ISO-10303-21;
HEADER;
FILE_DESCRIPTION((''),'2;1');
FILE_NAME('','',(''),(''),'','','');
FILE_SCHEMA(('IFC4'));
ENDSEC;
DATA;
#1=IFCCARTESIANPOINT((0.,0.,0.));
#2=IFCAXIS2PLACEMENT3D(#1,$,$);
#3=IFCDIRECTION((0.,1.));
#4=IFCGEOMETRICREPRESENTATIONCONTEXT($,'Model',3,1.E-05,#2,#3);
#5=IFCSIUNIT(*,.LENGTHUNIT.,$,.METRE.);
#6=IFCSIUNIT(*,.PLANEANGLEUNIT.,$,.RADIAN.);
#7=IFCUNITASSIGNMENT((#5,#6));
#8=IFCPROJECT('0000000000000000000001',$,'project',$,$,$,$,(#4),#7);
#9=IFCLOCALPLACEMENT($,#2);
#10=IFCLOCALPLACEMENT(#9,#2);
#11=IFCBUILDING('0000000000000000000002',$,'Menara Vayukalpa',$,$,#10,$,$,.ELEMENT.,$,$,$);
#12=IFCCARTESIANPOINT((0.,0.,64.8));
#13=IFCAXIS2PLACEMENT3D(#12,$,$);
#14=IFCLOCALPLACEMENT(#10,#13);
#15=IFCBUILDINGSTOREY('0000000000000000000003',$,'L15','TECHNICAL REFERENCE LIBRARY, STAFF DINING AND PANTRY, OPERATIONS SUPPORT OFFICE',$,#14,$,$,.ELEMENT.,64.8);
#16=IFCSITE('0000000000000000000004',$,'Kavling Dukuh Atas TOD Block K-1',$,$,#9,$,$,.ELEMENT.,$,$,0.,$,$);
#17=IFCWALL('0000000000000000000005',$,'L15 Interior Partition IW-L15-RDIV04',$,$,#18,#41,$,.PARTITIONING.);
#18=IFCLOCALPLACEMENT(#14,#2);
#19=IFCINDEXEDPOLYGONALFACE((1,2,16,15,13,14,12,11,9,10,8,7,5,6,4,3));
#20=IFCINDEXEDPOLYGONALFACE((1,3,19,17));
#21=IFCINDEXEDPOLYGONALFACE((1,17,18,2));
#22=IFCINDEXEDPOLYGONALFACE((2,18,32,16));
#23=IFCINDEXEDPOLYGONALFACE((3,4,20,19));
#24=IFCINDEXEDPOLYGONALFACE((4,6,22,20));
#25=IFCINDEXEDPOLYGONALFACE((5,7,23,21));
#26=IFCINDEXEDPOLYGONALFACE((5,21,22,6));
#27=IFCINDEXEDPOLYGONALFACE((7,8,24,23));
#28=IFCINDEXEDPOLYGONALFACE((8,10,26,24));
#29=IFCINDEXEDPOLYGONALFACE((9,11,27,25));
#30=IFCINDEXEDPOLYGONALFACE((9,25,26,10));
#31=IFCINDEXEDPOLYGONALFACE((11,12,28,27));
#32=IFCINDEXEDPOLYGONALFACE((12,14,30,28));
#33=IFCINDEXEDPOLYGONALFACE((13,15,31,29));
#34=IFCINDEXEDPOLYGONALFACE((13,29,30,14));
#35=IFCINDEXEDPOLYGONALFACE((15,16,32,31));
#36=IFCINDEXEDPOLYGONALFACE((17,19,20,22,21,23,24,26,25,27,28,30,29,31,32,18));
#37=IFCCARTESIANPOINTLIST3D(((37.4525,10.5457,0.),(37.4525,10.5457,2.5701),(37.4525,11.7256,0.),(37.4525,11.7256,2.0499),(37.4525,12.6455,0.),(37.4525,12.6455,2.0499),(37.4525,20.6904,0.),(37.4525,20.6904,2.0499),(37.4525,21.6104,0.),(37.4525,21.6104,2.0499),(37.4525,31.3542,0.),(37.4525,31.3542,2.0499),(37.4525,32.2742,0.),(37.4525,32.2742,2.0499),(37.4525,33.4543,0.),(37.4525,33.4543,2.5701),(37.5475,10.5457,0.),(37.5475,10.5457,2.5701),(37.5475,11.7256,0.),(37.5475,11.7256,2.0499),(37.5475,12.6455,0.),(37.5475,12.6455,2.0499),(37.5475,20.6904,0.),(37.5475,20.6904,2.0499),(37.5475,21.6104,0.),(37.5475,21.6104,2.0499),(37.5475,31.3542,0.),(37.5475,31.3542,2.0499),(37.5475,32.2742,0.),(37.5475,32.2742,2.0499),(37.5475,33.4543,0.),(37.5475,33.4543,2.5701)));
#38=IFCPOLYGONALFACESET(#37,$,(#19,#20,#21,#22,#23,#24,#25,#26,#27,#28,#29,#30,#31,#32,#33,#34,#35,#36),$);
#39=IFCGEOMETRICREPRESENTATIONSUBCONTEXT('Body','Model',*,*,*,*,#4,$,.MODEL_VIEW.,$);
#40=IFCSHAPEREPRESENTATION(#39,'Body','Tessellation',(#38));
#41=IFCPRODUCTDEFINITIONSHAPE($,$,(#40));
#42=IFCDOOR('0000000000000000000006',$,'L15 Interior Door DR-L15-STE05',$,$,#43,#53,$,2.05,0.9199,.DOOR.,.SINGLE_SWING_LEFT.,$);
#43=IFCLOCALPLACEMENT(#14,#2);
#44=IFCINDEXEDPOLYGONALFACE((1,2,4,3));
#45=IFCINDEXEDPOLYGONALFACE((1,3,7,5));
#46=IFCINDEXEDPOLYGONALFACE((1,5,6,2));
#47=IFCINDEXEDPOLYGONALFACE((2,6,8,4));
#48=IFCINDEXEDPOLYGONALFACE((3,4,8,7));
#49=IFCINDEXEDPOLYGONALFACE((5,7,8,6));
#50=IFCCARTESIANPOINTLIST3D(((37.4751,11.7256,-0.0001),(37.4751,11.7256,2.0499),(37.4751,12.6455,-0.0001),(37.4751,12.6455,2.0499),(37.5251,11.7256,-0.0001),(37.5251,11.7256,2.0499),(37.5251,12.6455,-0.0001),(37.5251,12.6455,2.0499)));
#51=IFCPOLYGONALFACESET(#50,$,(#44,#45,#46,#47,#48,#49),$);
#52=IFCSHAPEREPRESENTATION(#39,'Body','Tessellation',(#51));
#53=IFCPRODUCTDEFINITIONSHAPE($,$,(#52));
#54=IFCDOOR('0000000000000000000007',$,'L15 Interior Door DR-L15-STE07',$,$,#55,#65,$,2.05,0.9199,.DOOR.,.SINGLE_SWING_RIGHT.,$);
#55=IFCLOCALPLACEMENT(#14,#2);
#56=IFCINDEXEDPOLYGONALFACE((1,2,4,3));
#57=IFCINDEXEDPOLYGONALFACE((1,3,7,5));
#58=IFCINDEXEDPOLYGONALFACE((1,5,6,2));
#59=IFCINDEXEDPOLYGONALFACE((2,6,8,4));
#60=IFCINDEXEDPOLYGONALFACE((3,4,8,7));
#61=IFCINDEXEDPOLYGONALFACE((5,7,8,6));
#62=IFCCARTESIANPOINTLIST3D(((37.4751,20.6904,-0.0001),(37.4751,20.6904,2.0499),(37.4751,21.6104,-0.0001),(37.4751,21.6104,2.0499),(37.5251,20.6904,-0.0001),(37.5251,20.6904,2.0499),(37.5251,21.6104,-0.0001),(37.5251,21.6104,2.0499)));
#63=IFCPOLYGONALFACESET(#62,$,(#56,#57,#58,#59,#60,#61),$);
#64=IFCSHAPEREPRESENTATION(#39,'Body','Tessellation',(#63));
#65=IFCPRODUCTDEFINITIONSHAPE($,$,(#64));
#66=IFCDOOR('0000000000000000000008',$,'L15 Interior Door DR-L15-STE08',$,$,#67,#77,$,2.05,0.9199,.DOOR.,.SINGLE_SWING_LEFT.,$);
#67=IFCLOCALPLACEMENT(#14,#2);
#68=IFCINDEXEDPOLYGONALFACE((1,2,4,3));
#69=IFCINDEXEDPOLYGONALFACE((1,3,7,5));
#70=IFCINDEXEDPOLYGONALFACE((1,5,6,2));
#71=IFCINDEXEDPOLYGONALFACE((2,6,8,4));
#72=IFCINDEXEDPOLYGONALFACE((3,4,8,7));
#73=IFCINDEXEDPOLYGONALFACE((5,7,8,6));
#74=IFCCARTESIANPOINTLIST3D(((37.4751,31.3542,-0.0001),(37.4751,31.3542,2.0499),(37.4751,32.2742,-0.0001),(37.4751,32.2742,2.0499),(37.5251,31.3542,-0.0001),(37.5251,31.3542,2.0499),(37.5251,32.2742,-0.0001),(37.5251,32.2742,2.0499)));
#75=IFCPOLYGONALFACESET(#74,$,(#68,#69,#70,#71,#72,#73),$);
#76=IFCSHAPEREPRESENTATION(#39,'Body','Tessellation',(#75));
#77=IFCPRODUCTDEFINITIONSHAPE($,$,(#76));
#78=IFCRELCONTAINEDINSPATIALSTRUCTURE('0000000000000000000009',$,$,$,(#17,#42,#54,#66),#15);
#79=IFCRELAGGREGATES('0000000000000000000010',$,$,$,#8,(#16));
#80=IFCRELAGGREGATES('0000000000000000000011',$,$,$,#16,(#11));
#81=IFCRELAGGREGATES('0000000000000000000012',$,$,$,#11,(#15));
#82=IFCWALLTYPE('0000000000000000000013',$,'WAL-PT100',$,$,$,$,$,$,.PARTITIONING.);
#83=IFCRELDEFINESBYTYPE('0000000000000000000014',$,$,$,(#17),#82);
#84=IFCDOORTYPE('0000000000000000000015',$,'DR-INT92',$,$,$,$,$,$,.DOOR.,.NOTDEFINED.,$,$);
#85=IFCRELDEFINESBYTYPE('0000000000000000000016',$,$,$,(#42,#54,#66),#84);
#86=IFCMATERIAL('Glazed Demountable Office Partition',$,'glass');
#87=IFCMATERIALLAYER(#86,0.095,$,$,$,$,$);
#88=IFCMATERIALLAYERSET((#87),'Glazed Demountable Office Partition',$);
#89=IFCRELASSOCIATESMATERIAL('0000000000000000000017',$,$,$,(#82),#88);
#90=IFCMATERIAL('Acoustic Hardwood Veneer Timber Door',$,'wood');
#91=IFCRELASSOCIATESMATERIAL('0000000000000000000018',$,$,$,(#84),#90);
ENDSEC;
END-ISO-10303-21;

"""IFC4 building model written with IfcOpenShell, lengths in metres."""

from ifc_helpers import new_model, si_unit, direction, frame, frame_2d, origin, place, context, subcontext, project, spatial, rectangle, extrude, material, layer, layer_set, type_object, element, fill, save


model = new_model("IFC4")

# Units and contexts
model_context = context("Model", 3, precision=1e-05, world=origin(), true_north=direction((0.0, 1.0)))
body_context = subcontext(model_context, "Body", "Model", "MODEL_VIEW")
ifc_project = project(units=[si_unit("LENGTHUNIT", "METRE"), si_unit("PLANEANGLEUNIT", "RADIAN")], contexts=[model_context])

# Site, building, storey
site_placement = place(None, origin())
site = spatial("IfcSite", under=ifc_project, at=site_placement, Name="Kavling Dukuh Atas TOD Block K-1", CompositionType="ELEMENT", RefElevation=0.0)
building_placement = place(site_placement, origin())
building = spatial("IfcBuilding", under=site, at=building_placement, Name="Menara Vayukalpa", CompositionType="ELEMENT")
storey_placement = place(building_placement, frame((0.0, 0.0, 64.8)))
storey = spatial("IfcBuildingStorey", under=building, at=storey_placement, Name="L15", Description="TECHNICAL REFERENCE LIBRARY, STAFF DINING AND PANTRY, OPERATIONS SUPPORT OFFICE", CompositionType="ELEMENT", Elevation=64.8)

# Wall, openings, doors
ifc_material_1 = material(Name="Glazed Demountable Office Partition", Category="glass")
ifc_layer_1 = layer(ifc_material_1, 0.095)
ifc_layer_set_1 = layer_set([ifc_layer_1], Name="Glazed Demountable Office Partition")
wall_type = type_object("IfcWallType", Name="WAL-PT100", PredefinedType="PARTITIONING", material=ifc_layer_set_1)
wall_placement = place(storey_placement, frame((37.5, 10.5457, 0.0), z_axis=(0.0, 0.0, 1.0), x_axis=(0.0, 1.0, 0.0)))
wall = element("IfcWall", 1, at=wall_placement, inside=storey, type_object=wall_type, Name="L15 Interior Partition IW-L15-RDIV04", PredefinedType="PARTITIONING", context=body_context, shape_type="SweptSolid", body=[
    extrude(rectangle(XDim=22.9087, YDim=0.095, at=frame_2d((11.4543, 0.0))), origin(), (0.0, 0.0, 1.0), 2.5701),
])
opening_1_placement = place(wall_placement, frame((1.1799, 0.0, 0.0)))
opening_1 = element("IfcOpeningElement", 2, at=opening_1_placement, cuts=wall, PredefinedType="OPENING", context=body_context, shape_type="SweptSolid", body=[
    extrude(rectangle(XDim=0.9199, YDim=2.05, at=frame_2d((0.46, 1.0249))), frame((0.0, 0.0574, 0.0), z_axis=(0.0, -1.0, 0.0), x_axis=(1.0, 0.0, 0.0)), (0.0, 0.0, 1.0), 0.115),
])
opening_2_placement = place(wall_placement, frame((10.1448, 0.0, 0.0)))
opening_2 = element("IfcOpeningElement", 3, at=opening_2_placement, cuts=wall, PredefinedType="OPENING", context=body_context, shape_type="SweptSolid", body=[
    extrude(rectangle(XDim=0.9199, YDim=2.05, at=frame_2d((0.46, 1.0249))), frame((0.0, 0.0574, 0.0), z_axis=(0.0, -1.0, 0.0), x_axis=(1.0, 0.0, 0.0)), (0.0, 0.0, 1.0), 0.115),
])
opening_3_placement = place(wall_placement, frame((20.8086, 0.0, 0.0)))
opening_3 = element("IfcOpeningElement", 4, at=opening_3_placement, cuts=wall, PredefinedType="OPENING", context=body_context, shape_type="SweptSolid", body=[
    extrude(rectangle(XDim=0.9199, YDim=2.05, at=frame_2d((0.46, 1.0249))), frame((0.0, 0.0574, 0.0), z_axis=(0.0, -1.0, 0.0), x_axis=(1.0, 0.0, 0.0)), (0.0, 0.0, 1.0), 0.115),
])
ifc_material_2 = material(Name="Acoustic Hardwood Veneer Timber Door", Category="wood")
door_type = type_object("IfcDoorType", Name="DR-INT92", OperationType="NOTDEFINED", PredefinedType="DOOR", material=ifc_material_2)
door_1_placement = place(opening_1_placement, origin())
door_1 = element("IfcDoor", 5, at=door_1_placement, inside=storey, type_object=door_type, Name="L15 Interior Door DR-L15-STE05", OperationType="SINGLE_SWING_LEFT", OverallHeight=2.05, OverallWidth=0.9199, PredefinedType="DOOR", context=body_context, shape_type="SweptSolid", body=[
    extrude(rectangle(XDim=0.9199, YDim=2.05, at=frame_2d((0.46, 1.0249))), frame((0.0, 0.0249, 0.0), z_axis=(0.0, -1.0, 0.0), x_axis=(1.0, 0.0, 0.0)), (0.0, 0.0, 1.0), 0.05),
])
fill(opening_1, door_1)
door_2_placement = place(opening_2_placement, origin())
door_2 = element("IfcDoor", 6, at=door_2_placement, inside=storey, type_object=door_type, Name="L15 Interior Door DR-L15-STE07", OperationType="SINGLE_SWING_RIGHT", OverallHeight=2.05, OverallWidth=0.9199, PredefinedType="DOOR", context=body_context, shape_type="SweptSolid", body=[
    extrude(rectangle(XDim=0.9199, YDim=2.05, at=frame_2d((0.46, 1.0249))), frame((0.0, 0.0249, 0.0), z_axis=(0.0, -1.0, 0.0), x_axis=(1.0, 0.0, 0.0)), (0.0, 0.0, 1.0), 0.05),
])
fill(opening_2, door_2)
door_3_placement = place(opening_3_placement, origin())
door_3 = element("IfcDoor", 7, at=door_3_placement, inside=storey, type_object=door_type, Name="L15 Interior Door DR-L15-STE08", OperationType="SINGLE_SWING_LEFT", OverallHeight=2.05, OverallWidth=0.9199, PredefinedType="DOOR", context=body_context, shape_type="SweptSolid", body=[
    extrude(rectangle(XDim=0.9199, YDim=2.05, at=frame_2d((0.46, 1.0249))), frame((0.0, 0.0249, 0.0), z_axis=(0.0, -1.0, 0.0), x_axis=(1.0, 0.0, 0.0)), (0.0, 0.0, 1.0), 0.05),
])
fill(opening_3, door_3)

save(model, "model.ifc")
